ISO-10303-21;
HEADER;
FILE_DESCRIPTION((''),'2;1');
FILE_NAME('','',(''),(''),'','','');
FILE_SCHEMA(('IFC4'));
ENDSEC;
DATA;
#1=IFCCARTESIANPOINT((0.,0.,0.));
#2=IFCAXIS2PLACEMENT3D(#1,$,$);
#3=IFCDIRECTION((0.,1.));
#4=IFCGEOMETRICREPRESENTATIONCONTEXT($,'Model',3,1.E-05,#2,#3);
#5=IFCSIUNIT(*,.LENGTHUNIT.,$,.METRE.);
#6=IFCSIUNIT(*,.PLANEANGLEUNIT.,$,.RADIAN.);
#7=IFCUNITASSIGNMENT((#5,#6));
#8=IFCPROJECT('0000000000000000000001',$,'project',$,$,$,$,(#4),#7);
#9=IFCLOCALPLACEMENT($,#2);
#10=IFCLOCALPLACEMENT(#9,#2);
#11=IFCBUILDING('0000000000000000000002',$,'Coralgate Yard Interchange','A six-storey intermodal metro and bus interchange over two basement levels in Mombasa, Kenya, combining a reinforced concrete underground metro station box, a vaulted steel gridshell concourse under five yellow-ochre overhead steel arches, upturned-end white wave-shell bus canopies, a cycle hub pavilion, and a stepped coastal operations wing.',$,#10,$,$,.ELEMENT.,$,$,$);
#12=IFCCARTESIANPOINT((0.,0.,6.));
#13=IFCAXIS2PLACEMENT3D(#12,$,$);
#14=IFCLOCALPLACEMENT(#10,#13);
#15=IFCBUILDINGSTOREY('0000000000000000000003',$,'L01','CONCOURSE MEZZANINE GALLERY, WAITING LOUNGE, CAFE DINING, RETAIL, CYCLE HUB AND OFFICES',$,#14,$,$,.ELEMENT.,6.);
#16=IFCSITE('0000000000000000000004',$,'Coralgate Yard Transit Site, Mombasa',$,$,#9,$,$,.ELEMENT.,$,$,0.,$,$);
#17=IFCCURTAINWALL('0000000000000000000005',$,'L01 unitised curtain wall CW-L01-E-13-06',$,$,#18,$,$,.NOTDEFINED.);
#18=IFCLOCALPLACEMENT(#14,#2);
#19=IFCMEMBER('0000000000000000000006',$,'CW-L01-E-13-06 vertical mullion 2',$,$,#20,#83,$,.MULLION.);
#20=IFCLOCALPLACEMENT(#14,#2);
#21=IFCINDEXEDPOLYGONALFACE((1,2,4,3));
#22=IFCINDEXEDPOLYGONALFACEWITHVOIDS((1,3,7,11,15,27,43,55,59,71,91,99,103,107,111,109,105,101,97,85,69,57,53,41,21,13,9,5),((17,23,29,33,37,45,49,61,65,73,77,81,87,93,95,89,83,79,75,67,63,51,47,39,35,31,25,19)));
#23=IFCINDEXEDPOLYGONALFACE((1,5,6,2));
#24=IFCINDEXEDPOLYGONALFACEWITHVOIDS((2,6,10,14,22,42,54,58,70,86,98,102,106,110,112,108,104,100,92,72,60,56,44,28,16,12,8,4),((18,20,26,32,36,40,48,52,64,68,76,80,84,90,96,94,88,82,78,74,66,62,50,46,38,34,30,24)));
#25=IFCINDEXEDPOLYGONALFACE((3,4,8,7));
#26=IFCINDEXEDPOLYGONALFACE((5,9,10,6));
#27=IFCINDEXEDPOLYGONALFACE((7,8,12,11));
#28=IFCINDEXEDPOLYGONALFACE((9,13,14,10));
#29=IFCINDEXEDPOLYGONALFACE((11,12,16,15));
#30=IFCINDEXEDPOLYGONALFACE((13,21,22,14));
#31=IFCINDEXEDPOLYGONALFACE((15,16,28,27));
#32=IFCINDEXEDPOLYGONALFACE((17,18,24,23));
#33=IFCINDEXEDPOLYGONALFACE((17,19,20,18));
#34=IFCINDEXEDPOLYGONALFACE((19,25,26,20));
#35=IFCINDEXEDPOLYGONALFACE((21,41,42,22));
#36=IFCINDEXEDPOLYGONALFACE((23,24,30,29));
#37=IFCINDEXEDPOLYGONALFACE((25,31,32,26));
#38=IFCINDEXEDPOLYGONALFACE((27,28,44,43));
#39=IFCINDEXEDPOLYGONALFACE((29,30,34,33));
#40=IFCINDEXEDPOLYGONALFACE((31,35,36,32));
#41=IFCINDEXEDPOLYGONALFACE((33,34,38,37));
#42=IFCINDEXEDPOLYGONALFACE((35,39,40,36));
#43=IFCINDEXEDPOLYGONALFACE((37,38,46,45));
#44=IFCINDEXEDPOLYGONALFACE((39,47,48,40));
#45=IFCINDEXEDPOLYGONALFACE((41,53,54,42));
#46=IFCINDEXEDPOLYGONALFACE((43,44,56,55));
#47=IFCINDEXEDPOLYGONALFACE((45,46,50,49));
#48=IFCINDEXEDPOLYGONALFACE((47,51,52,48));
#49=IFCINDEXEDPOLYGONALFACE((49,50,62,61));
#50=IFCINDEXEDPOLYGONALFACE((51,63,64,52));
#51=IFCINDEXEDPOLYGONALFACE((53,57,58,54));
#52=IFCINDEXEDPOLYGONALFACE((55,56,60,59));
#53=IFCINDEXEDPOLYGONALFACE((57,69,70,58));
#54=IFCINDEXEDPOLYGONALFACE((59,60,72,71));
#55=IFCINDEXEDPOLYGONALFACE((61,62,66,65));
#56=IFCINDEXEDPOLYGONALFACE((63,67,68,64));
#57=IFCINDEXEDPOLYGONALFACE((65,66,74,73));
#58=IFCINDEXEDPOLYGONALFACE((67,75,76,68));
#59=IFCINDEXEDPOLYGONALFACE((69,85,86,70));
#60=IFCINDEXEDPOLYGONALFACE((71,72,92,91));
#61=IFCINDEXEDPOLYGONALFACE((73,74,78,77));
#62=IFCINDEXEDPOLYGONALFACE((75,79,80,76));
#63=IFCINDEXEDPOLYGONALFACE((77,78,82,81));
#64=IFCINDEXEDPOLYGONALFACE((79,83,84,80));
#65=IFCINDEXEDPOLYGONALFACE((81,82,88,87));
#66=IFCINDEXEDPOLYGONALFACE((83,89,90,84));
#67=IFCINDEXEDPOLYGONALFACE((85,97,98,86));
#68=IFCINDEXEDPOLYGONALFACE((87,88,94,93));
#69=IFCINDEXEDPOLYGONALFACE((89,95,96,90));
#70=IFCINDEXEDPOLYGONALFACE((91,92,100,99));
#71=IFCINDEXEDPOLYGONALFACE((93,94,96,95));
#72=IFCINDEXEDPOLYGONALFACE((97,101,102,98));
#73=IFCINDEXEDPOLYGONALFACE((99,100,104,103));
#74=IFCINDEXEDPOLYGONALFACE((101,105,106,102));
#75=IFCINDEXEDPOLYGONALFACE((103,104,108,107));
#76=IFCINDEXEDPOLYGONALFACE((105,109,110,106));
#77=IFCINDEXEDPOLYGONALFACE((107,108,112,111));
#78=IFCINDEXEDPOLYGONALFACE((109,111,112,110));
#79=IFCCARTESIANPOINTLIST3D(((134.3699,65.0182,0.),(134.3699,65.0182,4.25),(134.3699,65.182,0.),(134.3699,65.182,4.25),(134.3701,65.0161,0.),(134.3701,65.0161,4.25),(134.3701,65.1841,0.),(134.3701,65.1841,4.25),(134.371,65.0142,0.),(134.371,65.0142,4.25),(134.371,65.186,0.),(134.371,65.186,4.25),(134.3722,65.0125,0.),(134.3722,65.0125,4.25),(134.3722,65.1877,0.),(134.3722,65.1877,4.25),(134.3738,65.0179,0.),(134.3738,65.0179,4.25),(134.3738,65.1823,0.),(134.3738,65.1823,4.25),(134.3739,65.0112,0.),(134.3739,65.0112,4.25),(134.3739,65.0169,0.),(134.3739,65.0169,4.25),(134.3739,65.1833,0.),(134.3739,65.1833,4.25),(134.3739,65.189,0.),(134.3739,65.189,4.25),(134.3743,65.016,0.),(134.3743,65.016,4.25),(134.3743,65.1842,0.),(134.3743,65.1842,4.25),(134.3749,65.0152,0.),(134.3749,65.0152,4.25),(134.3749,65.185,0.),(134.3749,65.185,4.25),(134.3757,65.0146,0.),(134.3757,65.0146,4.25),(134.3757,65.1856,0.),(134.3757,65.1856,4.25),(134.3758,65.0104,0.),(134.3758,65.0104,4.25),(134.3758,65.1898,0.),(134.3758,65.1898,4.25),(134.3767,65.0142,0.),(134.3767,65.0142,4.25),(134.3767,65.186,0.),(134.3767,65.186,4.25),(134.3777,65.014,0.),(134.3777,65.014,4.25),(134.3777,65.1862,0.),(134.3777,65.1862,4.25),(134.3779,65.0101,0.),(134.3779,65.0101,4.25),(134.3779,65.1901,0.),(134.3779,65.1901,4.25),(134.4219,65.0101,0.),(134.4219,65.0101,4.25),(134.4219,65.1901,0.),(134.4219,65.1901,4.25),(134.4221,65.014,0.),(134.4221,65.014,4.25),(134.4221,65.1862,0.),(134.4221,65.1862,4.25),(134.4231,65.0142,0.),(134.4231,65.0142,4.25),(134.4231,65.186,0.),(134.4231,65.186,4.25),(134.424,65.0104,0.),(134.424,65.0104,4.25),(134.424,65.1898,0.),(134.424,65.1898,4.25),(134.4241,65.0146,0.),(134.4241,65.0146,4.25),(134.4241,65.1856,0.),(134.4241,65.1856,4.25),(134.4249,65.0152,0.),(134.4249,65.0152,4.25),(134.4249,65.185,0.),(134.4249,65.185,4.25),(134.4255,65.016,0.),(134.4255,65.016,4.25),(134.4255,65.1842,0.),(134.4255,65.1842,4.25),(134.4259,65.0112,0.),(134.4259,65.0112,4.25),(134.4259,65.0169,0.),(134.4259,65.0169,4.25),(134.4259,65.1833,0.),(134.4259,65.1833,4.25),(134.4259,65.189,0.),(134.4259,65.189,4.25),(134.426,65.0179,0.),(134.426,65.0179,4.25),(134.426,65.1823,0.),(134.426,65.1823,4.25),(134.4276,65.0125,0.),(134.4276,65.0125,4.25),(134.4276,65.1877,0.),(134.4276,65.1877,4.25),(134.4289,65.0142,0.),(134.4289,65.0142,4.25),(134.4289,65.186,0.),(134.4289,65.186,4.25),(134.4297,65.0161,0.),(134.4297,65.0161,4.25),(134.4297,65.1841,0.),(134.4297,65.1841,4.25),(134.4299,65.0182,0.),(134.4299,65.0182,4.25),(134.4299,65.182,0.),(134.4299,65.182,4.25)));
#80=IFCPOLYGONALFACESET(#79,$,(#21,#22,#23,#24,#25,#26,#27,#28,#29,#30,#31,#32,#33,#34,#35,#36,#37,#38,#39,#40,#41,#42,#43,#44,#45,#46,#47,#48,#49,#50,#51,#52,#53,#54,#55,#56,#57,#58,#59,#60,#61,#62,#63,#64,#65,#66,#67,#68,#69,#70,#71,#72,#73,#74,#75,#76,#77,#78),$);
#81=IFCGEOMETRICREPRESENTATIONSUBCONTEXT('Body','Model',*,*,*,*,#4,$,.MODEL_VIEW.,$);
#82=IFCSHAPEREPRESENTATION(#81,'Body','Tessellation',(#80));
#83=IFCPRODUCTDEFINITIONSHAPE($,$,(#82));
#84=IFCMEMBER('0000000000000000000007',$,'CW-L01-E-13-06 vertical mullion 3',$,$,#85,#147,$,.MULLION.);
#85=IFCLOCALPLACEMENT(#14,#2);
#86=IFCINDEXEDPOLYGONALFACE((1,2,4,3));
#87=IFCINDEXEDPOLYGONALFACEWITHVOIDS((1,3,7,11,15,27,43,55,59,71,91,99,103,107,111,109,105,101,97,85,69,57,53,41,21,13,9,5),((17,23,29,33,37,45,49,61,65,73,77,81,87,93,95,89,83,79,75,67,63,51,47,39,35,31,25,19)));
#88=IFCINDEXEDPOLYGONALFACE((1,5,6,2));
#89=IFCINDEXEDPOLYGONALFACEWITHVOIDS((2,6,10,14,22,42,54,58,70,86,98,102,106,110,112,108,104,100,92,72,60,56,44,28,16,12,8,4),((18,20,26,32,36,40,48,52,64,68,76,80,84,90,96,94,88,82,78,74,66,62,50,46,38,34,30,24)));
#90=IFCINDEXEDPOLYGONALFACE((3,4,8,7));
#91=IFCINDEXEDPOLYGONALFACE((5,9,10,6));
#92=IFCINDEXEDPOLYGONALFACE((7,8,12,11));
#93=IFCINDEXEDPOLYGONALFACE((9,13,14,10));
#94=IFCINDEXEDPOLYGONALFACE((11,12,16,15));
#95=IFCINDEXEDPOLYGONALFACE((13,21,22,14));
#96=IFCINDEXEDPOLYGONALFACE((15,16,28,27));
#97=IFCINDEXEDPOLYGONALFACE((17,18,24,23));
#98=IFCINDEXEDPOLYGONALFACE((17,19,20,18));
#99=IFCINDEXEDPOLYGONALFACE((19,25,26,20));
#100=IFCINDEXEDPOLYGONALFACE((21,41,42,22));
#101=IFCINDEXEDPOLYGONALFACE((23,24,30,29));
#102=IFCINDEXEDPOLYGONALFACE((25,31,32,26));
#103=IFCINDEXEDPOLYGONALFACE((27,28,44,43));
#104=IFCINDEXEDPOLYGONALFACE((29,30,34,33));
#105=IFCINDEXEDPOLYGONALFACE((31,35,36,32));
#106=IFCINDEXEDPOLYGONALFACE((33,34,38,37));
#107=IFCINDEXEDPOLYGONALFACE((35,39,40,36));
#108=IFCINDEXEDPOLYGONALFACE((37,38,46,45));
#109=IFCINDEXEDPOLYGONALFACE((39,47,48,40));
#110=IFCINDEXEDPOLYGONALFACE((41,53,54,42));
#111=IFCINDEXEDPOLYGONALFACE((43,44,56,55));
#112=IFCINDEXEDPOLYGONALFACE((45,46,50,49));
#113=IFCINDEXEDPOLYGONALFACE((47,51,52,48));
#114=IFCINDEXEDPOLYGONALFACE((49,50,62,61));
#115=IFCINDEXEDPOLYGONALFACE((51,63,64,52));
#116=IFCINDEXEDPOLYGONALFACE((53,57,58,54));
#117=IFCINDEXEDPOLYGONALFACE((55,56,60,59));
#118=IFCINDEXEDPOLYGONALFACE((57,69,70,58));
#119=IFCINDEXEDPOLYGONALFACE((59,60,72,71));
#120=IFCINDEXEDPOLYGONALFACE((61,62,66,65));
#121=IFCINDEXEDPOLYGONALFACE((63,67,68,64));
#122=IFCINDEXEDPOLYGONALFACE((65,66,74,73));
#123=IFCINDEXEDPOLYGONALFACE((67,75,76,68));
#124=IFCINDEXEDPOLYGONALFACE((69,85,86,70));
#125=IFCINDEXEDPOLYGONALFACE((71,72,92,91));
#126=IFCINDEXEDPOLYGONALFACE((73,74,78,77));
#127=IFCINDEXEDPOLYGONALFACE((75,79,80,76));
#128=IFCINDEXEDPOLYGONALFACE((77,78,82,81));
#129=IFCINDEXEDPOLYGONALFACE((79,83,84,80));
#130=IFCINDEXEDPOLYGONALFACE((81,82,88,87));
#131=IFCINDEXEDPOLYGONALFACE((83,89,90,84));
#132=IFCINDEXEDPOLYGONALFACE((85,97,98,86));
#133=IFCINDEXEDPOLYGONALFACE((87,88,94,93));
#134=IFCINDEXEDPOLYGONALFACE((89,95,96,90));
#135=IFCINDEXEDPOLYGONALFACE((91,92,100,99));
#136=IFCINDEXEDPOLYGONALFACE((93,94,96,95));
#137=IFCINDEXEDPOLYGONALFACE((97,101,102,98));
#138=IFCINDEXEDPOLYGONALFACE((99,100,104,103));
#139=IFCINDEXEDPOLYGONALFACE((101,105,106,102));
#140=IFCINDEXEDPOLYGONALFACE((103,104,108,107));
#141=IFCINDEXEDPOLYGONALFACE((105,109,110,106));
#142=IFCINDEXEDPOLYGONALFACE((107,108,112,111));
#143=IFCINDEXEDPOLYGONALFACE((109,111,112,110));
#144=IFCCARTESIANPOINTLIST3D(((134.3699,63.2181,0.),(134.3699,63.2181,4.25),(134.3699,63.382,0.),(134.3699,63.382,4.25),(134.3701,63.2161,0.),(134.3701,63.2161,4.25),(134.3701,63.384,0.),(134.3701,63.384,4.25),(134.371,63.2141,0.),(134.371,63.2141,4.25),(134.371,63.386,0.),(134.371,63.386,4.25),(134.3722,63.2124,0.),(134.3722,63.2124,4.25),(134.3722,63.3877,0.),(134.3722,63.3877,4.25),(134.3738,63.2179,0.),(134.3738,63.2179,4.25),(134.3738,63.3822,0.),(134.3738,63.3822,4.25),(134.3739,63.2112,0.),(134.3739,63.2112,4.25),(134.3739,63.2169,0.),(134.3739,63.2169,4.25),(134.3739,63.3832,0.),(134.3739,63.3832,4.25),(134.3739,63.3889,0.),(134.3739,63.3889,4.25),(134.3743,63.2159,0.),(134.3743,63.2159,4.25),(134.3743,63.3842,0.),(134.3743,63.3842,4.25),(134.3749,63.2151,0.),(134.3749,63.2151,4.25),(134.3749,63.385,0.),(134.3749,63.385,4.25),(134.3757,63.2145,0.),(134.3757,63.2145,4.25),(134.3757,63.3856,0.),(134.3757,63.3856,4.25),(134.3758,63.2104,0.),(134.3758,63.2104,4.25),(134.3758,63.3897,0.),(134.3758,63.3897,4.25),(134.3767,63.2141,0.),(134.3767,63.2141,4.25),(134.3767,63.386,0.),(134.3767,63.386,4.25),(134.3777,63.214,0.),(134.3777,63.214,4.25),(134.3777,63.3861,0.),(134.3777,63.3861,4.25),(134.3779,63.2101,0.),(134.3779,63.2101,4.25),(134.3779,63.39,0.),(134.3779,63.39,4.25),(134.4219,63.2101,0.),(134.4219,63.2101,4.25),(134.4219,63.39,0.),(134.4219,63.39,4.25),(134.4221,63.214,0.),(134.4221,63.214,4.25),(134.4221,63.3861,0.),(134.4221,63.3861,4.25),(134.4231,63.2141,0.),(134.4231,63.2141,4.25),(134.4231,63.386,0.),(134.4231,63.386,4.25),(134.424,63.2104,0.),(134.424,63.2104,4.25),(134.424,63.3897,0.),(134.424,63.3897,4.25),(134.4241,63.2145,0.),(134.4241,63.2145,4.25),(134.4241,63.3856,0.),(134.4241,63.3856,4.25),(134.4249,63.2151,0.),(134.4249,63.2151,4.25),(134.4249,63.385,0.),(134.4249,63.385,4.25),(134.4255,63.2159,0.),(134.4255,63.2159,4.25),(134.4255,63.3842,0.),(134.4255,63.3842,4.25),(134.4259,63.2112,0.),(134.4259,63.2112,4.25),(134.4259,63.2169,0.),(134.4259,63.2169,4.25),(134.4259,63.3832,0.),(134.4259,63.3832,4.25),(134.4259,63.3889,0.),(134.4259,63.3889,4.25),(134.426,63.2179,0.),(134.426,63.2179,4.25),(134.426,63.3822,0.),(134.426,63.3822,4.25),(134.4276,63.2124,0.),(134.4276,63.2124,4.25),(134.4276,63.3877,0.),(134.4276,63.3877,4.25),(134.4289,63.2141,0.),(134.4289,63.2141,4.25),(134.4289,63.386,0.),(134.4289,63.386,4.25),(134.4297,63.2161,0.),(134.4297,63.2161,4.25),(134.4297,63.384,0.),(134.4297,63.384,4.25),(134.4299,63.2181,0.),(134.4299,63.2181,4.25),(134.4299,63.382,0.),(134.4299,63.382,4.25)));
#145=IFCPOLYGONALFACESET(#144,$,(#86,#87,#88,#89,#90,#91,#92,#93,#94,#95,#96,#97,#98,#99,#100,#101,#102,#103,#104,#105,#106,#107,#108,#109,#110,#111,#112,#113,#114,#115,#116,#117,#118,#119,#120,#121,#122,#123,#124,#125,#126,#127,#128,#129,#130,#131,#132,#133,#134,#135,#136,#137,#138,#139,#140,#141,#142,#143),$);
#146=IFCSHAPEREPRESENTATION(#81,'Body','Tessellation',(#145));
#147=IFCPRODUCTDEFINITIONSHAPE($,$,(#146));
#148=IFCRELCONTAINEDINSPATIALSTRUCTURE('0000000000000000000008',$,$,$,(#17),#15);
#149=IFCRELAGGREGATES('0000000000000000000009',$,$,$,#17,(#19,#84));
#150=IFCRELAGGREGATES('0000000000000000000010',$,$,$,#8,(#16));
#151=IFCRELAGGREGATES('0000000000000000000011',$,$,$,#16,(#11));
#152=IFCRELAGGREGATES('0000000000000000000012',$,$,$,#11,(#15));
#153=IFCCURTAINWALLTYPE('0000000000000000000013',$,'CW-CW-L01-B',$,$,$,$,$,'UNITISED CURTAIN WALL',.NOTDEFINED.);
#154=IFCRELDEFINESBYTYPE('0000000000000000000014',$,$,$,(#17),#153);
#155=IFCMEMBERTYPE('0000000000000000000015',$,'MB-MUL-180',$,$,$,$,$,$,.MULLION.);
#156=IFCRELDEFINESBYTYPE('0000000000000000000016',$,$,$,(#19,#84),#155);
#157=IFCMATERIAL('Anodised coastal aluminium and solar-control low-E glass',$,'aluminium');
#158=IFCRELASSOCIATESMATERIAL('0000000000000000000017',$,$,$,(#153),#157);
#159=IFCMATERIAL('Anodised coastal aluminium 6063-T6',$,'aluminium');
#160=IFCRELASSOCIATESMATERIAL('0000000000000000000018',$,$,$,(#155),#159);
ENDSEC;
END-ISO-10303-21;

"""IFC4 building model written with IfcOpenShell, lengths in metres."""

from ifc_helpers import new_model, si_unit, direction, frame, origin, origin_2d, place, context, subcontext, project, spatial, hollow_rectangle, extrude, material, material_profile, profile_set, type_object, element, aggregate, save


model = new_model("IFC4")

# Units and contexts
model_context = context("Model", 3, precision=1e-05, world=origin(), true_north=direction((0.0, 1.0)))
body_context = subcontext(model_context, "Body", "Model", "MODEL_VIEW")
ifc_project = project(units=[si_unit("LENGTHUNIT", "METRE"), si_unit("PLANEANGLEUNIT", "RADIAN")], contexts=[model_context])

# Site, building, storey
site_placement = place(None, origin())
site = spatial("IfcSite", under=ifc_project, at=site_placement, Name="Coralgate Yard Transit Site, Mombasa", CompositionType="ELEMENT", RefElevation=0.0)
building_placement = place(site_placement, origin())
building = spatial("IfcBuilding", under=site, at=building_placement, Name="Coralgate Yard Interchange", Description="A six-storey intermodal metro and bus interchange over two basement levels in Mombasa, Kenya, combining a reinforced concrete underground metro station box, a vaulted steel gridshell concourse under five yellow-ochre overhead steel arches, upturned-end white wave-shell bus canopies, a cycle hub pavilion, and a stepped coastal operations wing.", CompositionType="ELEMENT")
storey_placement = place(building_placement, frame((0.0, 0.0, 6.0)))
storey = spatial("IfcBuildingStorey", under=building, at=storey_placement, Name="L01", Description="CONCOURSE MEZZANINE GALLERY, WAITING LOUNGE, CAFE DINING, RETAIL, CYCLE HUB AND OFFICES", CompositionType="ELEMENT", Elevation=6.0)

# Curtain wall, members
ifc_material_1 = material(Name="Anodised coastal aluminium and solar-control low-E glass", Category="aluminium")
curtain_wall_type = type_object("IfcCurtainWallType", Name="CW-CW-L01-B", ElementType="UNITISED CURTAIN WALL", PredefinedType="NOTDEFINED", material=ifc_material_1)
curtain_wall_placement = place(storey_placement, origin())
curtain_wall = element("IfcCurtainWall", 1, at=curtain_wall_placement, inside=storey, type_object=curtain_wall_type, Name="L01 unitised curtain wall CW-L01-E-13-06", PredefinedType="NOTDEFINED")
ifc_material_2 = material(Name="Anodised coastal aluminium 6063-T6", Category="aluminium")
ifc_material_profile_1 = material_profile(ifc_material_2, hollow_rectangle(XDim=0.0601, YDim=0.1799, WallThickness=0.0039, InnerFilletRadius=0.0039, OuterFilletRadius=0.0081, at=origin_2d()), Name="ALU 60x180x4")
ifc_profile_set_1 = profile_set([ifc_material_profile_1], Name="Anodised coastal aluminium 6063-T6")
member_type_1 = type_object("IfcMemberType", Name="MB-MUL-180", PredefinedType="MULLION", material=ifc_profile_set_1)
member_1_placement = place(storey_placement, frame((134.3999, 65.1001, 0.0), z_axis=(0.0, 0.0, 1.0), x_axis=(1.0, 0.0, 0.0)))
member_1 = element("IfcMember", 2, at=member_1_placement, type_object=member_type_1, Name="CW-L01-E-13-06 vertical mullion 2", PredefinedType="MULLION", context=body_context, shape_type="SweptSolid", body=[
    extrude(hollow_rectangle(XDim=0.0601, YDim=0.1799, WallThickness=0.0039, InnerFilletRadius=0.0039, OuterFilletRadius=0.0081, at=origin_2d()), origin(), (0.0, 0.0, 1.0), 4.25),
])
member_2_placement = place(storey_placement, frame((134.3999, 63.3, 0.0), z_axis=(0.0, 0.0, 1.0), x_axis=(1.0, 0.0, 0.0)))
member_2 = element("IfcMember", 3, at=member_2_placement, type_object=member_type_1, Name="CW-L01-E-13-06 vertical mullion 3", PredefinedType="MULLION", context=body_context, shape_type="SweptSolid", body=[
    extrude(hollow_rectangle(XDim=0.0601, YDim=0.1799, WallThickness=0.0039, InnerFilletRadius=0.0039, OuterFilletRadius=0.0081, at=origin_2d()), origin(), (0.0, 0.0, 1.0), 4.25),
])
aggregate(curtain_wall, [member_1, member_2])

save(model, "model.ifc")
